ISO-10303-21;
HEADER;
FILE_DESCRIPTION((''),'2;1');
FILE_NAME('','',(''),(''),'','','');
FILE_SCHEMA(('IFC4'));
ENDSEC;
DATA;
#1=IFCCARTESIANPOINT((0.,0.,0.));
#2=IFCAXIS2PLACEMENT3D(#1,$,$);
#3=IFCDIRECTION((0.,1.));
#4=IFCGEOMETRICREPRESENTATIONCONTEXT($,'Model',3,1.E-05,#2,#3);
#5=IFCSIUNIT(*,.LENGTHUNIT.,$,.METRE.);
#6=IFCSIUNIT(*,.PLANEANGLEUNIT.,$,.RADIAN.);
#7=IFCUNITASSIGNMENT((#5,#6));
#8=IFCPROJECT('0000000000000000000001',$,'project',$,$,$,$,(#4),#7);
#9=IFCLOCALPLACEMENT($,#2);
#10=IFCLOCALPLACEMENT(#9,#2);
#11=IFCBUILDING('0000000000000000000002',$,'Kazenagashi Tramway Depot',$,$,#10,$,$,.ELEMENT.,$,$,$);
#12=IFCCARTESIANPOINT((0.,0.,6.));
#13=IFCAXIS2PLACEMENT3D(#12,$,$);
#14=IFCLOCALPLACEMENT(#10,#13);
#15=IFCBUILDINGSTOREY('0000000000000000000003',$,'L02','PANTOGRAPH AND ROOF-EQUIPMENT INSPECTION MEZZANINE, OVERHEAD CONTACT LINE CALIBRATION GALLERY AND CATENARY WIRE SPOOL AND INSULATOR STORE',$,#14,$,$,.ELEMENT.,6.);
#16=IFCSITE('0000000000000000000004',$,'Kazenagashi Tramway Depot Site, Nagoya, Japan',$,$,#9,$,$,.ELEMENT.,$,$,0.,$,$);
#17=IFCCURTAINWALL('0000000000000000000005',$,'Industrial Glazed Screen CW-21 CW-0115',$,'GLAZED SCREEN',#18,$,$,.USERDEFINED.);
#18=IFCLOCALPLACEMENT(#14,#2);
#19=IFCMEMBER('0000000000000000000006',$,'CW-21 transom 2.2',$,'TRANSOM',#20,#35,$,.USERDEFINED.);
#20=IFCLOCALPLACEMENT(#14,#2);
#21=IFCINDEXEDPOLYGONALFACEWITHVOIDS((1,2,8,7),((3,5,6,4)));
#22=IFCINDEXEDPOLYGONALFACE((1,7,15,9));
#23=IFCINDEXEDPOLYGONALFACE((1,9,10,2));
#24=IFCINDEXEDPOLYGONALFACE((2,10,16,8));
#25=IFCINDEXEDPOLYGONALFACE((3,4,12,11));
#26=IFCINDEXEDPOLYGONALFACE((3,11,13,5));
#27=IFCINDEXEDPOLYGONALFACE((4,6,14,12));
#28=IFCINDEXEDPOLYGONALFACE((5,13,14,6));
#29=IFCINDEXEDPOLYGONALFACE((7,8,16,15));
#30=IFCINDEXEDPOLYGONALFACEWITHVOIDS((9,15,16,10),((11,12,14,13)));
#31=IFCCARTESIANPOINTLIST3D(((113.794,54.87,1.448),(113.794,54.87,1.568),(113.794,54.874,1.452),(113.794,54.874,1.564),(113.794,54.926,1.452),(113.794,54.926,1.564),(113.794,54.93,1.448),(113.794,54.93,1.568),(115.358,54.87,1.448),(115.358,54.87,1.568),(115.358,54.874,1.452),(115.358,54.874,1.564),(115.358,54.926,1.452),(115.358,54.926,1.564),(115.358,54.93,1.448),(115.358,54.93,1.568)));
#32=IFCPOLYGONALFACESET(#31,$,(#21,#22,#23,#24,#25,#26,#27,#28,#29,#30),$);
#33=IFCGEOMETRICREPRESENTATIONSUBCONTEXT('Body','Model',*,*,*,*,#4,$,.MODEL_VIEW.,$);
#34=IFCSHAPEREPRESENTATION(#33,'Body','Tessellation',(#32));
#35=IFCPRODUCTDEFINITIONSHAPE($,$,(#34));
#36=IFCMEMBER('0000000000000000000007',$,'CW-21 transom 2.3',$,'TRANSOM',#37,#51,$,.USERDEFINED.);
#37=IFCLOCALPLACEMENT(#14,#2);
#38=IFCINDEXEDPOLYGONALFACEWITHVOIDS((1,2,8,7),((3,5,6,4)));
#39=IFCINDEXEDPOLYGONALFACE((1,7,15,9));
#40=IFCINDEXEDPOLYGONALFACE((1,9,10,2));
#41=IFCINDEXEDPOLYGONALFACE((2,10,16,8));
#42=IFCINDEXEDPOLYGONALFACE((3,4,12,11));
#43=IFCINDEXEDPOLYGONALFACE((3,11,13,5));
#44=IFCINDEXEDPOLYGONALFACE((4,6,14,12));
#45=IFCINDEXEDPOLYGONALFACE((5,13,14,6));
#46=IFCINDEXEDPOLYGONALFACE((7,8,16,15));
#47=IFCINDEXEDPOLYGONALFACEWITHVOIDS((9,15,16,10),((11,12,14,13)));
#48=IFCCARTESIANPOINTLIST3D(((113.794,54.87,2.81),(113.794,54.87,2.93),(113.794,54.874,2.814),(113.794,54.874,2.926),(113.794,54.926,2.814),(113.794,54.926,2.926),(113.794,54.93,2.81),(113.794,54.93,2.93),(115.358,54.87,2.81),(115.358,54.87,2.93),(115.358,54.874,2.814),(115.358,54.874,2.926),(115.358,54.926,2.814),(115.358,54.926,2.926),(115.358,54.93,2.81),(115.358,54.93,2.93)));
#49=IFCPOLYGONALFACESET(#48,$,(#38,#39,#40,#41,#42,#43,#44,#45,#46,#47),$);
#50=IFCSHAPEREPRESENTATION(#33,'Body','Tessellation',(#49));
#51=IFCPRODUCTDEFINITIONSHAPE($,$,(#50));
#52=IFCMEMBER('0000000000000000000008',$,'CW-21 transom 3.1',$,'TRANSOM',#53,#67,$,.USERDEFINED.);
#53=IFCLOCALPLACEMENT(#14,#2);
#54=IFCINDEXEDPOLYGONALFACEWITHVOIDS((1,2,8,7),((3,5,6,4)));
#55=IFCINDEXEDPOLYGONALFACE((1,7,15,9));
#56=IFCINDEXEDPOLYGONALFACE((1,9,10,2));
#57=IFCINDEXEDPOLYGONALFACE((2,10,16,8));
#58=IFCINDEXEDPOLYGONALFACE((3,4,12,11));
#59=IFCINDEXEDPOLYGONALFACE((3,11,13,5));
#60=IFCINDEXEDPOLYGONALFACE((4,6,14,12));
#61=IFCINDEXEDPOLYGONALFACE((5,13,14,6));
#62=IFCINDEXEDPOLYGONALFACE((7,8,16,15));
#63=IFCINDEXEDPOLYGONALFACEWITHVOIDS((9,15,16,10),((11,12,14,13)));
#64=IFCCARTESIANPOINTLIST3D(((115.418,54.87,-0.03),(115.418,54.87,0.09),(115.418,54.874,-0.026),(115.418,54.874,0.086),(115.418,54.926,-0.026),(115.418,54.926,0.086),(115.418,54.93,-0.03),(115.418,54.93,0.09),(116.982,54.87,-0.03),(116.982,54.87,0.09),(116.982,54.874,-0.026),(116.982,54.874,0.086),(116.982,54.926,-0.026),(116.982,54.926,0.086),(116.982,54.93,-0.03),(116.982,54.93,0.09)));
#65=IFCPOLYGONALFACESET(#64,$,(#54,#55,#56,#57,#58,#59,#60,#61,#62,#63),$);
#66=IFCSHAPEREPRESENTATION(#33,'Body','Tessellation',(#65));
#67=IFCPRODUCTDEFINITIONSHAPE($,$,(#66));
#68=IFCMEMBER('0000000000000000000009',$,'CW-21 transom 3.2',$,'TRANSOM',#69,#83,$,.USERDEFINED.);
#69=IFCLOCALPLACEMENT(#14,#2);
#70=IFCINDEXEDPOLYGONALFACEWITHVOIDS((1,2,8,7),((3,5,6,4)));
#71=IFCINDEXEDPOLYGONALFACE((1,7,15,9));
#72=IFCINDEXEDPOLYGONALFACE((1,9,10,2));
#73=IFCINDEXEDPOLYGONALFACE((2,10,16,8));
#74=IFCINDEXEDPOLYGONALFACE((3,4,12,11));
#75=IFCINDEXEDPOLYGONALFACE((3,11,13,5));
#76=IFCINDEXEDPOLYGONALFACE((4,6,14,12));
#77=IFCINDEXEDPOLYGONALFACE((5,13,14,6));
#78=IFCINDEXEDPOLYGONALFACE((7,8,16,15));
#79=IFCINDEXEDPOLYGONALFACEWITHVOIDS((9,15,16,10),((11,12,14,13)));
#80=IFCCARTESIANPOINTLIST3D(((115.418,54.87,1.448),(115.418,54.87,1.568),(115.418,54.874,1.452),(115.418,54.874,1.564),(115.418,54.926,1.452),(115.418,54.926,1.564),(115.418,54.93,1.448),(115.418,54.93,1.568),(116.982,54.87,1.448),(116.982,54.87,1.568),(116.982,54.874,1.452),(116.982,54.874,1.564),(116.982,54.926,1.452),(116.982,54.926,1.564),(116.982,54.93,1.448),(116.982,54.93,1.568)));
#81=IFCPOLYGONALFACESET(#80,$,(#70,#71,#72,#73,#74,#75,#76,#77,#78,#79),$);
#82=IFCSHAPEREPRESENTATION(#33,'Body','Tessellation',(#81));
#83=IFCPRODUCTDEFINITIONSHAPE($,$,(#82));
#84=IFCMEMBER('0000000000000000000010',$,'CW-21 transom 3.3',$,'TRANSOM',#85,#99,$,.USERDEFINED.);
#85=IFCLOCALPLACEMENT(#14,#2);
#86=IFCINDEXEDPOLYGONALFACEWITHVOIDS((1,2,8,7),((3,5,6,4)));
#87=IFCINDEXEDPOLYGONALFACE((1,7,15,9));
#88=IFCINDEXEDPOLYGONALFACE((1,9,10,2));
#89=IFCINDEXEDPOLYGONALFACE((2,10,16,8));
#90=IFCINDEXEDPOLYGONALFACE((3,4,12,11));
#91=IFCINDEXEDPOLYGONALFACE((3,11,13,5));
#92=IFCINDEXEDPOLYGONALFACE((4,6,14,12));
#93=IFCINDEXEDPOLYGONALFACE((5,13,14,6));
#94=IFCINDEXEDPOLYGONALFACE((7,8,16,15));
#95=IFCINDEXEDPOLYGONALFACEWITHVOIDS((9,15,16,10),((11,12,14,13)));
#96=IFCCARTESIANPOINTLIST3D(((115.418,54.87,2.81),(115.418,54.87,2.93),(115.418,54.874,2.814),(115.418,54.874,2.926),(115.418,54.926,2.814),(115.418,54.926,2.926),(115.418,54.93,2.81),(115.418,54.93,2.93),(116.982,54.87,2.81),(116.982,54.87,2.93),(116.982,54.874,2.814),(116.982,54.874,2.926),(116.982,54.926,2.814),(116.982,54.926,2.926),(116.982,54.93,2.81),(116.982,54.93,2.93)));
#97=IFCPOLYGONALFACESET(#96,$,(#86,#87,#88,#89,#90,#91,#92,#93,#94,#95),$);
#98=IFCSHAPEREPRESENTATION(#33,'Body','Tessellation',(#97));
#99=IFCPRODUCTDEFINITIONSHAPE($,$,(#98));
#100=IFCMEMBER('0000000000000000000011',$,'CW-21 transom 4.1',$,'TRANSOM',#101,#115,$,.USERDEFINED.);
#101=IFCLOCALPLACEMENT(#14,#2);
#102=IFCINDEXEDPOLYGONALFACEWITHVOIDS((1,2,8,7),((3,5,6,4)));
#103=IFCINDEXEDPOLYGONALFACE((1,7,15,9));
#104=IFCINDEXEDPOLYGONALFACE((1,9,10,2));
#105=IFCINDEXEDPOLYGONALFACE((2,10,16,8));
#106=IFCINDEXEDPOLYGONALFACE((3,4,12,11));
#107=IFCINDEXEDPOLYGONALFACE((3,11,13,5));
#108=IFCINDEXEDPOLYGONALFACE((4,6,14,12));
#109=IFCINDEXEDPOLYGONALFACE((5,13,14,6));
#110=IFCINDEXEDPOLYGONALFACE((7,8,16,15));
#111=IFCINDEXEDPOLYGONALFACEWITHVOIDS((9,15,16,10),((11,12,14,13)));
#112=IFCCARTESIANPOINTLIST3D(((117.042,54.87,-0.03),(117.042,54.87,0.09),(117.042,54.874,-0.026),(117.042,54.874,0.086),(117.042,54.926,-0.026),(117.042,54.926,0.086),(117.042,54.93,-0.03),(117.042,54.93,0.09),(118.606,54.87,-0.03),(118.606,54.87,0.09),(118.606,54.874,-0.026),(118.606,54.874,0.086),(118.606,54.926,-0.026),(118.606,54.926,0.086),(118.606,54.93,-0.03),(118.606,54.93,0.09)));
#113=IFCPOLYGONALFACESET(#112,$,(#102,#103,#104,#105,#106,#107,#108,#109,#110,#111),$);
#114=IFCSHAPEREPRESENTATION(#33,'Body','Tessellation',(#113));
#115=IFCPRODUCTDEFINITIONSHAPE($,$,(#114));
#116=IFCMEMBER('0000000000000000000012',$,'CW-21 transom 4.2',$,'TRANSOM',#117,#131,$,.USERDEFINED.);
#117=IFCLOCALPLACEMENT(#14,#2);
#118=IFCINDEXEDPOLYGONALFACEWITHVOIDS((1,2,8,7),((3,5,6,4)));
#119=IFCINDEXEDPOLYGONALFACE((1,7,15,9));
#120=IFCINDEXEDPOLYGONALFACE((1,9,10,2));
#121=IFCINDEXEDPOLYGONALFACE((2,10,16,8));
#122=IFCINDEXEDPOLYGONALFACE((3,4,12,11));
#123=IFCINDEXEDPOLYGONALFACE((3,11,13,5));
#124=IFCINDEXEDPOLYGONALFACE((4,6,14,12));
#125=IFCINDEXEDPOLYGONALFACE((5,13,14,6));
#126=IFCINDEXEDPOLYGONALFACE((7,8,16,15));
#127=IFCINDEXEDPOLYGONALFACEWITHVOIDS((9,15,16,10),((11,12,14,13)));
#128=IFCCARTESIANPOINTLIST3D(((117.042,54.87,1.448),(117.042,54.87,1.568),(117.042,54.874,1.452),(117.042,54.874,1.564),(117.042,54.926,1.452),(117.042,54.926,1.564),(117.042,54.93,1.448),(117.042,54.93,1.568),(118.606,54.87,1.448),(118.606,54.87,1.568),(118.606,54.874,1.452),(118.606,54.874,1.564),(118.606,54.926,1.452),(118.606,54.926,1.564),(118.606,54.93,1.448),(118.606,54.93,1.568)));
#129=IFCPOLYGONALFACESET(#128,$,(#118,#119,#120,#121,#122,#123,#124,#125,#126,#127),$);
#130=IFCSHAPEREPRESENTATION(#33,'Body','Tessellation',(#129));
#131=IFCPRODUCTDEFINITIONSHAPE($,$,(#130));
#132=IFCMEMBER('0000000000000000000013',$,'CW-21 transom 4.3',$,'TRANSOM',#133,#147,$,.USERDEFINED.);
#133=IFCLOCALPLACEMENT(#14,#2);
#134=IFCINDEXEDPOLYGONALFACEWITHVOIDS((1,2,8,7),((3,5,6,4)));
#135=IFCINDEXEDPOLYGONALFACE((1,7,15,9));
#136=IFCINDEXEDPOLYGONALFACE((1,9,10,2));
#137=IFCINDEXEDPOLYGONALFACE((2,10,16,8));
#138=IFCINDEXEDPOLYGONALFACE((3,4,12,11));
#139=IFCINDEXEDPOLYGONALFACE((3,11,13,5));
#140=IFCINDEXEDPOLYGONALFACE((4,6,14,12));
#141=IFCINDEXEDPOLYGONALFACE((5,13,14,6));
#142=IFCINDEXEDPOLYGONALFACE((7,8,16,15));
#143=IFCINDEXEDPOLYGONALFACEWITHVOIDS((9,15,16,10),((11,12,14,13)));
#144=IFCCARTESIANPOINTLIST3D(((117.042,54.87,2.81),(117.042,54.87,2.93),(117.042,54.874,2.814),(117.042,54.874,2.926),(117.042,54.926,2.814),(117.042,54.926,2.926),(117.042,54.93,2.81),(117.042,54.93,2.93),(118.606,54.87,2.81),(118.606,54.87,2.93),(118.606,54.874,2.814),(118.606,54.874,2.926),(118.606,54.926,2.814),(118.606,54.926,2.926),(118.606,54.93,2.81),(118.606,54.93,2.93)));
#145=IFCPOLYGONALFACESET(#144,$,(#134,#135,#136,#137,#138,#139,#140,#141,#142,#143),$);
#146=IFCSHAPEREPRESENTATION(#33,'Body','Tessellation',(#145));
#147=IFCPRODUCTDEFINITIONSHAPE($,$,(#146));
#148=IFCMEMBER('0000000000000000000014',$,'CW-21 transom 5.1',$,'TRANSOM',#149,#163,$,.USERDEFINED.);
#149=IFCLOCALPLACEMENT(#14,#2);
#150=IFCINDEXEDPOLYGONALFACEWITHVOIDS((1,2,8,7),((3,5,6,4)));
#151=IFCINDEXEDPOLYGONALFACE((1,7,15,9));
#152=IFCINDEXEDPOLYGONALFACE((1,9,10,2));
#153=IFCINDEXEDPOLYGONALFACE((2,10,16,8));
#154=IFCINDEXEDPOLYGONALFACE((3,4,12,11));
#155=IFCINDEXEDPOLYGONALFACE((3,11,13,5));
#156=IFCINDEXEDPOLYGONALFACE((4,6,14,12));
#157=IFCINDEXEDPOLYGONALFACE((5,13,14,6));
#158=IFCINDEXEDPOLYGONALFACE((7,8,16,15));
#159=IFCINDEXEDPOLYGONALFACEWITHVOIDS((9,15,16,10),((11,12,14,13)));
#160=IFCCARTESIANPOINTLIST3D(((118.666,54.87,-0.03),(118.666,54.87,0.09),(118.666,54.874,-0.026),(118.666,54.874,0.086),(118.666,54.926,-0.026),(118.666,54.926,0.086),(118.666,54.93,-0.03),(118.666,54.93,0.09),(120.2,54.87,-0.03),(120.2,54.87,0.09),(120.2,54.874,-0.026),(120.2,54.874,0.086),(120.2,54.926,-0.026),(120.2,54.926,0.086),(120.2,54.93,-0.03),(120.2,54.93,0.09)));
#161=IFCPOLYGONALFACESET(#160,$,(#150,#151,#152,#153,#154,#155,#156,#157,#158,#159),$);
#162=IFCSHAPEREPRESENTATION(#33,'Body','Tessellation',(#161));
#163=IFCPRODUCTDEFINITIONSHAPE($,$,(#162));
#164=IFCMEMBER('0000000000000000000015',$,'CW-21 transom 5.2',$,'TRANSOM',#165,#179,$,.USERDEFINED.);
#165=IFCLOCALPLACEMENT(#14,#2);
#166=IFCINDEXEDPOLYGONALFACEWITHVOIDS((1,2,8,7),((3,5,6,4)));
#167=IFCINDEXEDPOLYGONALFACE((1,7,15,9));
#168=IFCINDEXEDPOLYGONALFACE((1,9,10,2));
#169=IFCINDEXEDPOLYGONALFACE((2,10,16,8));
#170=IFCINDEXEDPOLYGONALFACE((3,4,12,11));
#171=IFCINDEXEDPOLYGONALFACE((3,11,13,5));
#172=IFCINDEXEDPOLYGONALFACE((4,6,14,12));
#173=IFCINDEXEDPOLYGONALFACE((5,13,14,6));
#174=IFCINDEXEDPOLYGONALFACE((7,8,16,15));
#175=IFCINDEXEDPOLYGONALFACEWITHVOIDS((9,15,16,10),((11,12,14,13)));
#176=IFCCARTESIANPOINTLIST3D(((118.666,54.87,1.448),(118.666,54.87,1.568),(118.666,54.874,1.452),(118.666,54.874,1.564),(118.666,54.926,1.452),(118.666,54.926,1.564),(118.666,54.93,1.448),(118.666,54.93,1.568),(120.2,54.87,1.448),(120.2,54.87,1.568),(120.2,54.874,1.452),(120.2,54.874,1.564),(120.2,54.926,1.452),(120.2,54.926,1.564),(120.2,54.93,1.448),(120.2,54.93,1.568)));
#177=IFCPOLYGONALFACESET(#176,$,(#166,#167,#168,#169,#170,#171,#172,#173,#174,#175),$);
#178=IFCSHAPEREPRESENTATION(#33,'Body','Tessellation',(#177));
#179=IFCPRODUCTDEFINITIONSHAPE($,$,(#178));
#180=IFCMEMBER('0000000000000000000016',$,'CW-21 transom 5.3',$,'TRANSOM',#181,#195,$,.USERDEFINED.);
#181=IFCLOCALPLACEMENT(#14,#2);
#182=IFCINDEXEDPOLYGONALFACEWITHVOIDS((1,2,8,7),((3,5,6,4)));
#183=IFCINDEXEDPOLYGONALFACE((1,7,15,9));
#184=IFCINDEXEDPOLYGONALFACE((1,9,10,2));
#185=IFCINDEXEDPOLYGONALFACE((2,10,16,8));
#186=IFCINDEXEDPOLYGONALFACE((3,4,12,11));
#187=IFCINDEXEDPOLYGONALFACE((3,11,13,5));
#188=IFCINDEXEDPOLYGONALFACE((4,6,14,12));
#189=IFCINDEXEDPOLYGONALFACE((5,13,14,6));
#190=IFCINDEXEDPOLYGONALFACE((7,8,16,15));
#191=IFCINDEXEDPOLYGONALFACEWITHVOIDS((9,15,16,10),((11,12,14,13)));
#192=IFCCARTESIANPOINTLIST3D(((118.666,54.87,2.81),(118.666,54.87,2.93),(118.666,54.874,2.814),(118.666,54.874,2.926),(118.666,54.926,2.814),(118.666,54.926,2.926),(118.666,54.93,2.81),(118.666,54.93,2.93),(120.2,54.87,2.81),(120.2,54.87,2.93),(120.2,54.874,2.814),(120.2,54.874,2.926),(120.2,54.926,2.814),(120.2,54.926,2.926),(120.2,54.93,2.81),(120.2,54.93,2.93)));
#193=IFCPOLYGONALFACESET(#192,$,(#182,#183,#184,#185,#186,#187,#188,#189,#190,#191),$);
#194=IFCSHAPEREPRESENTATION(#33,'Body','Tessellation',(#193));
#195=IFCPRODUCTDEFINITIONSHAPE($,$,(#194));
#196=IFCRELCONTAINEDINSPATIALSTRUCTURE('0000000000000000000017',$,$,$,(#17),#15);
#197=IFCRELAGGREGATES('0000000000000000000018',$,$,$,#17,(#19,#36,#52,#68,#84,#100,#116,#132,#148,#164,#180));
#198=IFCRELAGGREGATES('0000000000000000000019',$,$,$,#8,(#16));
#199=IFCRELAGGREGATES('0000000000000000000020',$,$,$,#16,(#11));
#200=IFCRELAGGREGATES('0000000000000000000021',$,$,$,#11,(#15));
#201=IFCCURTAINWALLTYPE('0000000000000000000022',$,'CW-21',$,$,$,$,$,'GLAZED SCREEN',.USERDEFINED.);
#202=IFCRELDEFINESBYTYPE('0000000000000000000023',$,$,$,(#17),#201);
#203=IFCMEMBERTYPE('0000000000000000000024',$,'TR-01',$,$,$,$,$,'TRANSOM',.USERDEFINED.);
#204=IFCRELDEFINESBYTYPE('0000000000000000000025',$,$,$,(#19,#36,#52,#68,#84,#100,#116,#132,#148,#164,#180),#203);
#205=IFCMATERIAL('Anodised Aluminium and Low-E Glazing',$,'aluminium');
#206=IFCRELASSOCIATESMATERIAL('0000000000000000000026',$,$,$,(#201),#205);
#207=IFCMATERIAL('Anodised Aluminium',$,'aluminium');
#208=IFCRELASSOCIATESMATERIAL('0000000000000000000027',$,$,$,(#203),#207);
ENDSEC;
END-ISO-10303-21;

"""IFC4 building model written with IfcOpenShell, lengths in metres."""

from ifc_helpers import new_model, si_unit, direction, frame, origin, origin_2d, place, context, subcontext, project, spatial, hollow_rectangle, extrude, material, material_profile, profile_set, type_object, element, aggregate, save


model = new_model("IFC4")

# Units and contexts
model_context = context("Model", 3, precision=1e-05, world=origin(), true_north=direction((0.0, 1.0)))
body_context = subcontext(model_context, "Body", "Model", "MODEL_VIEW")
ifc_project = project(units=[si_unit("LENGTHUNIT", "METRE"), si_unit("PLANEANGLEUNIT", "RADIAN")], contexts=[model_context])

# Site, building, storey
site_placement = place(None, origin())
site = spatial("IfcSite", under=ifc_project, at=site_placement, Name="Kazenagashi Tramway Depot Site, Nagoya, Japan", CompositionType="ELEMENT", RefElevation=0.0)
building_placement = place(site_placement, origin())
building = spatial("IfcBuilding", under=site, at=building_placement, Name="Kazenagashi Tramway Depot", CompositionType="ELEMENT")
storey_placement = place(building_placement, frame((0.0, 0.0, 6.0)))
storey = spatial("IfcBuildingStorey", under=building, at=storey_placement, Name="L02", Description="PANTOGRAPH AND ROOF-EQUIPMENT INSPECTION MEZZANINE, OVERHEAD CONTACT LINE CALIBRATION GALLERY AND CATENARY WIRE SPOOL AND INSULATOR STORE", CompositionType="ELEMENT", Elevation=6.0)

# Curtain wall
ifc_material_1 = material(Name="Anodised Aluminium and Low-E Glazing", Category="aluminium")
curtain_wall_type = type_object("IfcCurtainWallType", Name="CW-21", ElementType="GLAZED SCREEN", PredefinedType="USERDEFINED", material=ifc_material_1)
curtain_wall_1_placement = place(storey_placement, origin())
curtain_wall_1 = element("IfcCurtainWall", 1, at=curtain_wall_1_placement, inside=storey, type_object=curtain_wall_type, Name="Industrial Glazed Screen CW-21 CW-0115", ObjectType="GLAZED SCREEN", PredefinedType="USERDEFINED")
ifc_material_2 = material(Name="Anodised Aluminium", Category="aluminium")

# Members
ifc_material_profile_1 = material_profile(ifc_material_2, hollow_rectangle(XDim=0.06, YDim=0.12, WallThickness=0.004, at=origin_2d()), Name="RHS-120x60x4")
ifc_profile_set_1 = profile_set([ifc_material_profile_1], Name="Anodised Aluminium")
member_type_1 = type_object("IfcMemberType", Name="TR-01", ElementType="TRANSOM", PredefinedType="USERDEFINED", material=ifc_profile_set_1)
member_1_placement = place(storey_placement, frame((113.794, 54.9, 1.508), z_axis=(1.0, 0.0, 0.0), x_axis=(0.0, 1.0, 0.0)))
member_1 = element("IfcMember", 2, at=member_1_placement, type_object=member_type_1, Name="CW-21 transom 2.2", ObjectType="TRANSOM", PredefinedType="USERDEFINED", context=body_context, shape_type="SweptSolid", body=[
    extrude(hollow_rectangle(XDim=0.06, YDim=0.12, WallThickness=0.004, at=origin_2d()), origin(), (0.0, 0.0, 1.0), 1.564),
])
member_2_placement = place(storey_placement, frame((113.794, 54.9, 2.87), z_axis=(1.0, 0.0, 0.0), x_axis=(0.0, 1.0, 0.0)))
member_2 = element("IfcMember", 3, at=member_2_placement, type_object=member_type_1, Name="CW-21 transom 2.3", ObjectType="TRANSOM", PredefinedType="USERDEFINED", context=body_context, shape_type="SweptSolid", body=[
    extrude(hollow_rectangle(XDim=0.06, YDim=0.12, WallThickness=0.004, at=origin_2d()), origin(), (0.0, 0.0, 1.0), 1.564),
])
member_3_placement = place(storey_placement, frame((115.418, 54.9, 0.03), z_axis=(1.0, 0.0, 0.0), x_axis=(0.0, 1.0, 0.0)))
member_3 = element("IfcMember", 4, at=member_3_placement, type_object=member_type_1, Name="CW-21 transom 3.1", ObjectType="TRANSOM", PredefinedType="USERDEFINED", context=body_context, shape_type="SweptSolid", body=[
    extrude(hollow_rectangle(XDim=0.06, YDim=0.12, WallThickness=0.004, at=origin_2d()), origin(), (0.0, 0.0, 1.0), 1.564),
])
member_4_placement = place(storey_placement, frame((115.418, 54.9, 1.508), z_axis=(1.0, 0.0, 0.0), x_axis=(0.0, 1.0, 0.0)))
member_4 = element("IfcMember", 5, at=member_4_placement, type_object=member_type_1, Name="CW-21 transom 3.2", ObjectType="TRANSOM", PredefinedType="USERDEFINED", context=body_context, shape_type="SweptSolid", body=[
    extrude(hollow_rectangle(XDim=0.06, YDim=0.12, WallThickness=0.004, at=origin_2d()), origin(), (0.0, 0.0, 1.0), 1.564),
])
member_5_placement = place(storey_placement, frame((115.418, 54.9, 2.87), z_axis=(1.0, 0.0, 0.0), x_axis=(0.0, 1.0, 0.0)))
member_5 = element("IfcMember", 6, at=member_5_placement, type_object=member_type_1, Name="CW-21 transom 3.3", ObjectType="TRANSOM", PredefinedType="USERDEFINED", context=body_context, shape_type="SweptSolid", body=[
    extrude(hollow_rectangle(XDim=0.06, YDim=0.12, WallThickness=0.004, at=origin_2d()), origin(), (0.0, 0.0, 1.0), 1.564),
])
member_6_placement = place(storey_placement, frame((117.042, 54.9, 0.03), z_axis=(1.0, 0.0, 0.0), x_axis=(0.0, 1.0, 0.0)))
member_6 = element("IfcMember", 7, at=member_6_placement, type_object=member_type_1, Name="CW-21 transom 4.1", ObjectType="TRANSOM", PredefinedType="USERDEFINED", context=body_context, shape_type="SweptSolid", body=[
    extrude(hollow_rectangle(XDim=0.06, YDim=0.12, WallThickness=0.004, at=origin_2d()), origin(), (0.0, 0.0, 1.0), 1.564),
])
member_7_placement = place(storey_placement, frame((117.042, 54.9, 1.508), z_axis=(1.0, 0.0, 0.0), x_axis=(0.0, 1.0, 0.0)))
member_7 = element("IfcMember", 8, at=member_7_placement, type_object=member_type_1, Name="CW-21 transom 4.2", ObjectType="TRANSOM", PredefinedType="USERDEFINED", context=body_context, shape_type="SweptSolid", body=[
    extrude(hollow_rectangle(XDim=0.06, YDim=0.12, WallThickness=0.004, at=origin_2d()), origin(), (0.0, 0.0, 1.0), 1.564),
])
member_8_placement = place(storey_placement, frame((117.042, 54.9, 2.87), z_axis=(1.0, 0.0, 0.0), x_axis=(0.0, 1.0, 0.0)))
member_8 = element("IfcMember", 9, at=member_8_placement, type_object=member_type_1, Name="CW-21 transom 4.3", ObjectType="TRANSOM", PredefinedType="USERDEFINED", context=body_context, shape_type="SweptSolid", body=[
    extrude(hollow_rectangle(XDim=0.06, YDim=0.12, WallThickness=0.004, at=origin_2d()), origin(), (0.0, 0.0, 1.0), 1.564),
])
member_9_placement = place(storey_placement, frame((118.666, 54.9, 0.03), z_axis=(1.0, 0.0, 0.0), x_axis=(0.0, 1.0, 0.0)))
member_9 = element("IfcMember", 10, at=member_9_placement, type_object=member_type_1, Name="CW-21 transom 5.1", ObjectType="TRANSOM", PredefinedType="USERDEFINED", context=body_context, shape_type="SweptSolid", body=[
    extrude(hollow_rectangle(XDim=0.06, YDim=0.12, WallThickness=0.004, at=origin_2d()), origin(), (0.0, 0.0, 1.0), 1.534),
])
member_10_placement = place(storey_placement, frame((118.666, 54.9, 1.508), z_axis=(1.0, 0.0, 0.0), x_axis=(0.0, 1.0, 0.0)))
member_10 = element("IfcMember", 11, at=member_10_placement, type_object=member_type_1, Name="CW-21 transom 5.2", ObjectType="TRANSOM", PredefinedType="USERDEFINED", context=body_context, shape_type="SweptSolid", body=[
    extrude(hollow_rectangle(XDim=0.06, YDim=0.12, WallThickness=0.004, at=origin_2d()), origin(), (0.0, 0.0, 1.0), 1.534),
])
member_11_placement = place(storey_placement, frame((118.666, 54.9, 2.87), z_axis=(1.0, 0.0, 0.0), x_axis=(0.0, 1.0, 0.0)))
member_11 = element("IfcMember", 12, at=member_11_placement, type_object=member_type_1, Name="CW-21 transom 5.3", ObjectType="TRANSOM", PredefinedType="USERDEFINED", context=body_context, shape_type="SweptSolid", body=[
    extrude(hollow_rectangle(XDim=0.06, YDim=0.12, WallThickness=0.004, at=origin_2d()), origin(), (0.0, 0.0, 1.0), 1.534),
])

aggregate(curtain_wall_1, [member_1, member_2, member_3, member_4, member_5, member_6, member_7, member_8, member_9, member_10, member_11])

save(model, "model.ifc")
